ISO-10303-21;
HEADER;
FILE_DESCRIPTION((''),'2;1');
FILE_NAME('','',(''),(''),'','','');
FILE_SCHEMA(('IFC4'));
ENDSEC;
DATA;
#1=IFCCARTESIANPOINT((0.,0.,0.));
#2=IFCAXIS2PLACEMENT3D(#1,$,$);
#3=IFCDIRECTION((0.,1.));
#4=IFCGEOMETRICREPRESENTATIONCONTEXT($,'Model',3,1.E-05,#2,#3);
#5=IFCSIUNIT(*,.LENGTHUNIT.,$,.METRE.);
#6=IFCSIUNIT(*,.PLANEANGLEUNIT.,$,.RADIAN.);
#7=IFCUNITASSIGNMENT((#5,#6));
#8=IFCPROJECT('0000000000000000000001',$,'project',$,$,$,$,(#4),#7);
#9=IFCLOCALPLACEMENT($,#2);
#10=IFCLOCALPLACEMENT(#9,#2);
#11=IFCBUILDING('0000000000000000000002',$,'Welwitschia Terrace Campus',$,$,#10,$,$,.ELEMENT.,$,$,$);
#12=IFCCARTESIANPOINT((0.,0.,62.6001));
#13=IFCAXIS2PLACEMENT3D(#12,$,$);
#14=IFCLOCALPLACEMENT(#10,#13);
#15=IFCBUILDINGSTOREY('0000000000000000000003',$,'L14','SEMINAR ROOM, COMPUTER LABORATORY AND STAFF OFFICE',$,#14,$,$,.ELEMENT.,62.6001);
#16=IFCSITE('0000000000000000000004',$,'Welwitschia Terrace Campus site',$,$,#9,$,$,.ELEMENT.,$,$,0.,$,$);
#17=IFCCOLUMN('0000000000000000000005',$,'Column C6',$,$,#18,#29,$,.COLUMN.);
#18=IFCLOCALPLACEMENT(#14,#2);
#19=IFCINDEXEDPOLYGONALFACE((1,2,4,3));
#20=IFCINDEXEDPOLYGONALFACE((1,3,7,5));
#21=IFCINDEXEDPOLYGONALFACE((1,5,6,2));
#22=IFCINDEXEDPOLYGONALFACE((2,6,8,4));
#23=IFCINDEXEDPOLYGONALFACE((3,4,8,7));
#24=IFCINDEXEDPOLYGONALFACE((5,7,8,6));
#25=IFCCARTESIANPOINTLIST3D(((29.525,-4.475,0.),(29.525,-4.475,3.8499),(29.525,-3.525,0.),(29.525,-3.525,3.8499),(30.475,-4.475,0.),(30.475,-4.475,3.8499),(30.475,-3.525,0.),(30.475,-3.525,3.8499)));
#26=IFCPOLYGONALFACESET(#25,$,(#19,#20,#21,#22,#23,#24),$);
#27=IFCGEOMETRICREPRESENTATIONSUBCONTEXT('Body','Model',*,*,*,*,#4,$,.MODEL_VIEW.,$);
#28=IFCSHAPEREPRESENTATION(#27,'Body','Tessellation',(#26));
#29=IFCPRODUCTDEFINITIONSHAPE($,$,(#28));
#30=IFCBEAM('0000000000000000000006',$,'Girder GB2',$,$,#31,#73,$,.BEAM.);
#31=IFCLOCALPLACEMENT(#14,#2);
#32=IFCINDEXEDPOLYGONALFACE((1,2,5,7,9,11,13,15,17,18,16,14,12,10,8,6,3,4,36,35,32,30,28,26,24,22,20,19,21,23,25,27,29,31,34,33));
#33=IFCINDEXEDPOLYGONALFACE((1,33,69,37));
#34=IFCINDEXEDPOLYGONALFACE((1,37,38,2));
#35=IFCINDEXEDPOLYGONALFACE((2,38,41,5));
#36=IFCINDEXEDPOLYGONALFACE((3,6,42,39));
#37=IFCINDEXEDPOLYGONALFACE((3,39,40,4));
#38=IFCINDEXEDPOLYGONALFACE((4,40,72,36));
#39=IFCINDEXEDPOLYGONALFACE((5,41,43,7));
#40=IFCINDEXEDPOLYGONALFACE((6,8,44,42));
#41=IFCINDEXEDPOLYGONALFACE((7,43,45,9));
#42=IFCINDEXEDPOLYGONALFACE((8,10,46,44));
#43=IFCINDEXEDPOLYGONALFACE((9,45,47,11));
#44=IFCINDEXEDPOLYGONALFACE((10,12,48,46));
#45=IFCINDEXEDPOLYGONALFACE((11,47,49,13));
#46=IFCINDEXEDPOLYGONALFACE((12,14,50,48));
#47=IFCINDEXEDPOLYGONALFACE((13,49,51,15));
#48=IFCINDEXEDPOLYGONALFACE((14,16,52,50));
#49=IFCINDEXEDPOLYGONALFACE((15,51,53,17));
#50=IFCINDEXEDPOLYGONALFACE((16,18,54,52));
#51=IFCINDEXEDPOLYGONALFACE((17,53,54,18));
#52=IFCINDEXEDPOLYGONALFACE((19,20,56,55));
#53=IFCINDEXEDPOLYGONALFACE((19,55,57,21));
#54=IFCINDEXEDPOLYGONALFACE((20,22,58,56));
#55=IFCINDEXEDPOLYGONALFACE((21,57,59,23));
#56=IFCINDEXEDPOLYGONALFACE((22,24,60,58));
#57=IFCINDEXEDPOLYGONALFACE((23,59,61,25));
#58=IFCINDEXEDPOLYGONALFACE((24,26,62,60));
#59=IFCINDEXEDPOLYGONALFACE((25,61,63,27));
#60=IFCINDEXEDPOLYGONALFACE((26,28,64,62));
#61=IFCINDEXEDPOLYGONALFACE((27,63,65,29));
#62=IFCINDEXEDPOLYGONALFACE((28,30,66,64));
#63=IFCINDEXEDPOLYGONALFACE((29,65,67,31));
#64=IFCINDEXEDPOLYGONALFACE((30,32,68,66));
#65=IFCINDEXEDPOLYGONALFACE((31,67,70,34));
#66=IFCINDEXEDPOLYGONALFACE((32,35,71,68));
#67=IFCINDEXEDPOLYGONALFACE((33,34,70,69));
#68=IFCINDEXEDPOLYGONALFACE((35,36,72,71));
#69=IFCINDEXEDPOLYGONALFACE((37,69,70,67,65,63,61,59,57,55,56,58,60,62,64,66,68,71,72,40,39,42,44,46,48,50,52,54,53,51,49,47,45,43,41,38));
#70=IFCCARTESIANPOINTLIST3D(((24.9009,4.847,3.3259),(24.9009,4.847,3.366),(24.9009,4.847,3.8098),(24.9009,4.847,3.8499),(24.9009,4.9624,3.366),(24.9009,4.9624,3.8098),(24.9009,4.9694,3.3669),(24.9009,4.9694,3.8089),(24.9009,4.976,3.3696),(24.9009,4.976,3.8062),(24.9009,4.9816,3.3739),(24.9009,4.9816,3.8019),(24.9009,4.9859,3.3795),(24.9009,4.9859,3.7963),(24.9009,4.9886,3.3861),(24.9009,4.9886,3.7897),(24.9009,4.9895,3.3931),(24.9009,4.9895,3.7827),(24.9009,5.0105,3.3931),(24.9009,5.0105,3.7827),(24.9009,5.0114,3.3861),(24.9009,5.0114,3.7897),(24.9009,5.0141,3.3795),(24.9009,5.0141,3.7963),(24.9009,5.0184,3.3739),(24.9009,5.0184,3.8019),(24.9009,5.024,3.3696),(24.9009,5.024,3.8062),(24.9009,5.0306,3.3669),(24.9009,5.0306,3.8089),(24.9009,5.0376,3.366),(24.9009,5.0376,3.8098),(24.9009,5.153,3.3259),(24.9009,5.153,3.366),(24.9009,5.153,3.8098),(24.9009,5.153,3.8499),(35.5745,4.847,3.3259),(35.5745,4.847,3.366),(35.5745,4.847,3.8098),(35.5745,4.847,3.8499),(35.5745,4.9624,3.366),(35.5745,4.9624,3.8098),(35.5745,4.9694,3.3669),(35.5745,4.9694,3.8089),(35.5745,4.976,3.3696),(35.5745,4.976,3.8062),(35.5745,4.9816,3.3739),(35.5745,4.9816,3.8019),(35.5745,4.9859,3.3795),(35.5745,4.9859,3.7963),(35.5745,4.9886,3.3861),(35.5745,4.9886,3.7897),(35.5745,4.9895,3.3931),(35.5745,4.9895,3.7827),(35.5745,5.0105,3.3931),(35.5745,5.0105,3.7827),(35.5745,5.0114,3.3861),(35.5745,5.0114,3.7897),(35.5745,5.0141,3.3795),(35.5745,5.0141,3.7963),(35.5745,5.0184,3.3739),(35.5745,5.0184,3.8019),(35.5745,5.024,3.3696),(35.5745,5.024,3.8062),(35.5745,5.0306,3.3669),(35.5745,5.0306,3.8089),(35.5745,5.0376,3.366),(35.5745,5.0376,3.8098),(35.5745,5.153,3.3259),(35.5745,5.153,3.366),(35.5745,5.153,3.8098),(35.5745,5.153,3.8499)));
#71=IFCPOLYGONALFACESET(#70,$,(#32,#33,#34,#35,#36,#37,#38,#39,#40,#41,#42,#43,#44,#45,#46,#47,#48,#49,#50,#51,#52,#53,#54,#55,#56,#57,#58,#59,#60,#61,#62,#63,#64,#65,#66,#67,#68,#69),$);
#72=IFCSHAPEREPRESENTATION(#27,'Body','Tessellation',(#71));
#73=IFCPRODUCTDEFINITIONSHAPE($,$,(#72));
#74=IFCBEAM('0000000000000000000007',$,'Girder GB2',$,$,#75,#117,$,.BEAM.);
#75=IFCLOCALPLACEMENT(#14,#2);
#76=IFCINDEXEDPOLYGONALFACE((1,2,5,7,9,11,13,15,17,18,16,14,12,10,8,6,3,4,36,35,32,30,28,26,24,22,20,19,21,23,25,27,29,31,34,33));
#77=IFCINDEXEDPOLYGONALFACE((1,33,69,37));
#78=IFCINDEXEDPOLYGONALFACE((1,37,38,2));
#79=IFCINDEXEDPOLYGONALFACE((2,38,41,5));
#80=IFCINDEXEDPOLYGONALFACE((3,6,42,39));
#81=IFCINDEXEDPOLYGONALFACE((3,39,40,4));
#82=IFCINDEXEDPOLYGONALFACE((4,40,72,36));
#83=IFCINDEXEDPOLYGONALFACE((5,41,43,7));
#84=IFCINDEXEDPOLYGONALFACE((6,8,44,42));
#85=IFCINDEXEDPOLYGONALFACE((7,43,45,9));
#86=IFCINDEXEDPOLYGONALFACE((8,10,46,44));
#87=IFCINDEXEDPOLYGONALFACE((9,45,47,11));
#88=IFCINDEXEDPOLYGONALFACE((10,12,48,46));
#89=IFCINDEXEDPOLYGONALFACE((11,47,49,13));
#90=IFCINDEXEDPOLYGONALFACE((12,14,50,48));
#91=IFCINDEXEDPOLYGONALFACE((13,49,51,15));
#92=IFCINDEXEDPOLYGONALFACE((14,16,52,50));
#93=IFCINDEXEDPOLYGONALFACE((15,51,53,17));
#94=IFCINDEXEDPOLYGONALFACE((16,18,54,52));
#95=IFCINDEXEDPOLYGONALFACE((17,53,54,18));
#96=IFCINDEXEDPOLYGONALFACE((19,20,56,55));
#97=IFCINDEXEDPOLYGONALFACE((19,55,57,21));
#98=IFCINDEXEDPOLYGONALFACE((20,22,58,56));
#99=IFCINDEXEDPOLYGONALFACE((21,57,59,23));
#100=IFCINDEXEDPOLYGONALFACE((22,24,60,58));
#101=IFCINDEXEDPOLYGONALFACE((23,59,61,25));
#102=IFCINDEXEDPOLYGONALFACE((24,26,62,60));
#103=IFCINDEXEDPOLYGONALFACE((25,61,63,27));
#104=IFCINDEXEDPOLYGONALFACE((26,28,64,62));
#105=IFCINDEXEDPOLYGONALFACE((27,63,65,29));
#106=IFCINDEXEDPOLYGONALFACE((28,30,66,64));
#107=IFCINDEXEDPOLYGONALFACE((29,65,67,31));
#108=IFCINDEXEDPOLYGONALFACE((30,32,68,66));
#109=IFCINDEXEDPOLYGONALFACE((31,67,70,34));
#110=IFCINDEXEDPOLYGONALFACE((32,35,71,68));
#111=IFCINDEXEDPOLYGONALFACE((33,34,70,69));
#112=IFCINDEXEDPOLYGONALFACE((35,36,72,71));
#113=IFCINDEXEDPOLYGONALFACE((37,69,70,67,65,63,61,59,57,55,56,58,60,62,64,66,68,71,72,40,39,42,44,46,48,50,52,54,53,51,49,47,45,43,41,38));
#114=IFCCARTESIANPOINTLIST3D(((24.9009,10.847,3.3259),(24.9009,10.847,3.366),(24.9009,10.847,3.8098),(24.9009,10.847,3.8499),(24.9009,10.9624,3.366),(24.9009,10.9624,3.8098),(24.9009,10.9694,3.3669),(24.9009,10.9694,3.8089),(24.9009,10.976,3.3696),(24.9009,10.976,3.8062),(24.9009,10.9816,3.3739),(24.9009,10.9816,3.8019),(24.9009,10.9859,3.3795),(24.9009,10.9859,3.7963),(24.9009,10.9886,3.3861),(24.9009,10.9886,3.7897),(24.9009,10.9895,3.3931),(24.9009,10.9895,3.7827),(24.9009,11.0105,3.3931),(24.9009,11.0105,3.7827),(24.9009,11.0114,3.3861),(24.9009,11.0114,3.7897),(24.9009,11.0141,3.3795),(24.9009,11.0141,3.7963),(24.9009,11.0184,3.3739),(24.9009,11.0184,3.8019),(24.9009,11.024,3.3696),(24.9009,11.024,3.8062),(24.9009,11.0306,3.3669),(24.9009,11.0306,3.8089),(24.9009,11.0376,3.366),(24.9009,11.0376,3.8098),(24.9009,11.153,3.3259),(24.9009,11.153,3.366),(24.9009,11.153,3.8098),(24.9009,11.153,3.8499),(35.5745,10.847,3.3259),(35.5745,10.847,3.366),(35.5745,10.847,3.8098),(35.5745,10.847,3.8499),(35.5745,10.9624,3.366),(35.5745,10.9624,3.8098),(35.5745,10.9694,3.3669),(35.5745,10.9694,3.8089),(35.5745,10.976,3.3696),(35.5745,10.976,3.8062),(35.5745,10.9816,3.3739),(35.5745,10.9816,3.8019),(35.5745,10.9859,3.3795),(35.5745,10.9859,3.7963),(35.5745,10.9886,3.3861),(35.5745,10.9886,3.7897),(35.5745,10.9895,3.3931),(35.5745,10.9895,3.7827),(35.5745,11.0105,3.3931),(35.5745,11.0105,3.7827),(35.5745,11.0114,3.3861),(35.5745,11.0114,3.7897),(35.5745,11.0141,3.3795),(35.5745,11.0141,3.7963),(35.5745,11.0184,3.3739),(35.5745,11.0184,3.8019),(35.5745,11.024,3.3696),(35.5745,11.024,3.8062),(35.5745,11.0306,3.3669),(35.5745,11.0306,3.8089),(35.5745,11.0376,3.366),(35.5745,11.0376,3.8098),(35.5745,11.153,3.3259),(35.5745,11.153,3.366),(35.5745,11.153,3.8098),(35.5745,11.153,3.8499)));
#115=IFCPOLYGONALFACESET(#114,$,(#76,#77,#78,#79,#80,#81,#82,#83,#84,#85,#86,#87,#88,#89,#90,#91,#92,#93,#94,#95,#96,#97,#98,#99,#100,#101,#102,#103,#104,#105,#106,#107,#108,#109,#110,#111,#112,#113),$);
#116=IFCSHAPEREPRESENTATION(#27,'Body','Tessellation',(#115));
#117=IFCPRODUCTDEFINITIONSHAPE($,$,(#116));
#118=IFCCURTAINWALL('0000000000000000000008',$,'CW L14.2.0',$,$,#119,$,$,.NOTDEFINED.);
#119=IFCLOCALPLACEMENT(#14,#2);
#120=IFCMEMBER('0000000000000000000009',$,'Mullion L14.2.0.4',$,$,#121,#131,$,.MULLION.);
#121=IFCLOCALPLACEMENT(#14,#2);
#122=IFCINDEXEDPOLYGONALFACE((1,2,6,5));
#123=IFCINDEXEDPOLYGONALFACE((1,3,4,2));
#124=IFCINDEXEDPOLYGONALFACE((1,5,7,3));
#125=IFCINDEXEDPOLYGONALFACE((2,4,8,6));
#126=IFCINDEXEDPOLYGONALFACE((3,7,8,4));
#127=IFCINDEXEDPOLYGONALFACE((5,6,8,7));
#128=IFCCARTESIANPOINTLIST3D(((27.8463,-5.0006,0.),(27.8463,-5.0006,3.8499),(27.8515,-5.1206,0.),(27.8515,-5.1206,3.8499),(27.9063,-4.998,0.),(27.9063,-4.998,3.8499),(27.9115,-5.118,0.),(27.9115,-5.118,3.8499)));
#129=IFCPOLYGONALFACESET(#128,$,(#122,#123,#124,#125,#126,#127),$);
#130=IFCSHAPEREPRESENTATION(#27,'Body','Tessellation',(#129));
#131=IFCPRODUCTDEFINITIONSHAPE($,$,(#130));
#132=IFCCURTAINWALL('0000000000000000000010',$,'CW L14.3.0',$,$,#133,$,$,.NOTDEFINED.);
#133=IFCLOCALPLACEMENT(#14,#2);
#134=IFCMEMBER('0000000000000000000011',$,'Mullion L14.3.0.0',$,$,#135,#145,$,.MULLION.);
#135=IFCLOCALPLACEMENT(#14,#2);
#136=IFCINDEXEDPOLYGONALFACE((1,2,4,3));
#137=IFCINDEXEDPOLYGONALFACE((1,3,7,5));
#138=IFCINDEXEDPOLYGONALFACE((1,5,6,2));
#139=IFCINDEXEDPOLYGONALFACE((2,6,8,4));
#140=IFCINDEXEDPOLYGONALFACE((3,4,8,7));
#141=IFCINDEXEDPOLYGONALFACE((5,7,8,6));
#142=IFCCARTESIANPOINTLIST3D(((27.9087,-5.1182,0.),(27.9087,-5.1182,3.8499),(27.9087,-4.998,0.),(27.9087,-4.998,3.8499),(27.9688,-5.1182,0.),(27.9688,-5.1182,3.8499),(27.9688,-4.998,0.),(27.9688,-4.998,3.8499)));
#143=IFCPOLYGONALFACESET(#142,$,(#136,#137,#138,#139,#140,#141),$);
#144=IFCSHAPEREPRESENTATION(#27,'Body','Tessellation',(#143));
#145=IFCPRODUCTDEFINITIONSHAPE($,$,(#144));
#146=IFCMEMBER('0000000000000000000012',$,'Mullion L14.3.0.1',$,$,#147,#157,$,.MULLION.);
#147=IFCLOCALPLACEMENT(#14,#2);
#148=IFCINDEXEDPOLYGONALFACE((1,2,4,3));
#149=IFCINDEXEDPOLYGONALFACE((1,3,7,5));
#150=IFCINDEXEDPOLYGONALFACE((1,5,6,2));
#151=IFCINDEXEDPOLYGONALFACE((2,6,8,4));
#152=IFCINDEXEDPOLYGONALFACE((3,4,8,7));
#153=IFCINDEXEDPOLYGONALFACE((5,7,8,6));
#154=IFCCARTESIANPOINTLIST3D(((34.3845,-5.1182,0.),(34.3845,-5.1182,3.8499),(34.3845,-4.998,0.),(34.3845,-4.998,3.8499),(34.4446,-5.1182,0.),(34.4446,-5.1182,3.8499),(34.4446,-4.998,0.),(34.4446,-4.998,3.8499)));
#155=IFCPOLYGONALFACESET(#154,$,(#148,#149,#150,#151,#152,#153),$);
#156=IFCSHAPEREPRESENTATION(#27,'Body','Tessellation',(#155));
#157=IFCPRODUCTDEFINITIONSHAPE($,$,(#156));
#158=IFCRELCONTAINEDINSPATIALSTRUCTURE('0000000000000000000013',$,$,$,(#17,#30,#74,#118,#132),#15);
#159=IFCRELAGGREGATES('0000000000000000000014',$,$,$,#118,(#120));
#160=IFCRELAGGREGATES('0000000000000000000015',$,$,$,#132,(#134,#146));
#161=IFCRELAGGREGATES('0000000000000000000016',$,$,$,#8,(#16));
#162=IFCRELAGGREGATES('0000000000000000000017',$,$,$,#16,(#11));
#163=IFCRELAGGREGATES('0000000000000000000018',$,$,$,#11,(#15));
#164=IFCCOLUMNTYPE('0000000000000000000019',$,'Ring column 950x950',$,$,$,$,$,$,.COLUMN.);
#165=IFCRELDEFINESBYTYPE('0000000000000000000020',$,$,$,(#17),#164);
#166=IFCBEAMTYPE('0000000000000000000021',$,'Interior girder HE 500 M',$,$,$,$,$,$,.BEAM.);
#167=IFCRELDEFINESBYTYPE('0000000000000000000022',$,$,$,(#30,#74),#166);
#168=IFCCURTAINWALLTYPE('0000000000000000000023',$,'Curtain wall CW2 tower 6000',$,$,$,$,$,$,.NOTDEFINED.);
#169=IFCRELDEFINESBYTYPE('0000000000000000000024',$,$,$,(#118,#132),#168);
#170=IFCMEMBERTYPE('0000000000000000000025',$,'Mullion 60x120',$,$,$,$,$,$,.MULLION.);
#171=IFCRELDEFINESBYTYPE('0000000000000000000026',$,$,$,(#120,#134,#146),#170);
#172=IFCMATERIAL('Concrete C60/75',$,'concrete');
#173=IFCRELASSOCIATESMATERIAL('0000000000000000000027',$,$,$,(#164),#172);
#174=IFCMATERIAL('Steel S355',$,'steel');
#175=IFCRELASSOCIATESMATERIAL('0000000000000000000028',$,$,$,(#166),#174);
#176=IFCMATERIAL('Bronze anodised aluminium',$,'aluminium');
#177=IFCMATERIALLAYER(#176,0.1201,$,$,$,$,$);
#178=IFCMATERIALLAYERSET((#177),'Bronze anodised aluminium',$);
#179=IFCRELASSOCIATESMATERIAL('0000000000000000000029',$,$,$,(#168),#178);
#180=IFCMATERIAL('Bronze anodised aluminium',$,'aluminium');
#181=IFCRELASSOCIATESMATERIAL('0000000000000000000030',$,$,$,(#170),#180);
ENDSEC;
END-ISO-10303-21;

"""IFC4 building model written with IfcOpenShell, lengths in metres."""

from ifc_helpers import new_model, si_unit, direction, frame, origin, origin_2d, place, context, subcontext, project, spatial, rectangle, i_section, extrude, material, layer, layer_set, material_profile, profile_set, type_object, element, aggregate, save


model = new_model("IFC4")

# Units and contexts
model_context = context("Model", 3, precision=1e-05, world=origin(), true_north=direction((0.0, 1.0)))
body_context = subcontext(model_context, "Body", "Model", "MODEL_VIEW")
ifc_project = project(units=[si_unit("LENGTHUNIT", "METRE"), si_unit("PLANEANGLEUNIT", "RADIAN")], contexts=[model_context])

# Site, building, storey
site_placement = place(None, origin())
site = spatial("IfcSite", under=ifc_project, at=site_placement, Name="Welwitschia Terrace Campus site", CompositionType="ELEMENT", RefElevation=0.0)
building_placement = place(site_placement, origin())
building = spatial("IfcBuilding", under=site, at=building_placement, Name="Welwitschia Terrace Campus", CompositionType="ELEMENT")
storey_placement = place(building_placement, frame((0.0, 0.0, 62.6001)))
storey = spatial("IfcBuildingStorey", under=building, at=storey_placement, Name="L14", Description="SEMINAR ROOM, COMPUTER LABORATORY AND STAFF OFFICE", CompositionType="ELEMENT", Elevation=62.6001)

# Column
ifc_material_1 = material(Name="Concrete C60/75", Category="concrete")
ifc_material_profile_1 = material_profile(ifc_material_1, rectangle(XDim=0.95, YDim=0.95, at=origin_2d()))
ifc_profile_set_1 = profile_set([ifc_material_profile_1], Name="Concrete C60/75")
column_type = type_object("IfcColumnType", Name="Ring column 950x950", PredefinedType="COLUMN", material=ifc_profile_set_1)
column_placement = place(storey_placement, frame((30.0, -4.0, 0.0), z_axis=(0.0, 0.0, 1.0), x_axis=(1.0, 0.0, 0.0)))
element("IfcColumn", 1, at=column_placement, inside=storey, type_object=column_type, Name="Column C6", PredefinedType="COLUMN", context=body_context, shape_type="SweptSolid", body=[
    extrude(rectangle(XDim=0.95, YDim=0.95, at=origin_2d()), origin(), (0.0, 0.0, 1.0), 3.8499),
])

# Beams
ifc_material_2 = material(Name="Steel S355", Category="steel")
ifc_material_profile_2 = material_profile(ifc_material_2, i_section(OverallWidth=0.3059, OverallDepth=0.5239, WebThickness=0.021, FlangeThickness=0.04, FilletRadius=0.0271, at=origin_2d()))
ifc_profile_set_2 = profile_set([ifc_material_profile_2], Name="Steel S355")
beam_type_1 = type_object("IfcBeamType", Name="Interior girder HE 500 M", PredefinedType="BEAM", material=ifc_profile_set_2)
for number, where, z_axis, x_axis, name in (
    (2, (24.9009, 5.0, 3.5879), (1.0, 0.0, 0.0), (0.0, 1.0, 0.0), "Girder GB2"),
    (3, (24.9009, 11.0, 3.5879), (1.0, 0.0, 0.0), (0.0, 1.0, 0.0), "Girder GB2"),
):
    element("IfcBeam", number, at=place(storey_placement, frame(where, z_axis=z_axis, x_axis=x_axis)), inside=storey, type_object=beam_type_1, Name=name, PredefinedType="BEAM", context=body_context, shape_type="SweptSolid", body=[
        extrude(i_section(OverallWidth=0.3059, OverallDepth=0.5239, WebThickness=0.021, FlangeThickness=0.04, FilletRadius=0.0271, at=origin_2d()), origin(), (0.0, 0.0, 1.0), 10.6736),
    ])

# Curtain wall, member
ifc_material_3 = material(Name="Bronze anodised aluminium", Category="aluminium")
ifc_layer_1 = layer(ifc_material_3, 0.1201)
ifc_layer_set_1 = layer_set([ifc_layer_1], Name="Bronze anodised aluminium")
curtain_wall_type = type_object("IfcCurtainWallType", Name="Curtain wall CW2 tower 6000", PredefinedType="NOTDEFINED", material=ifc_layer_set_1)
curtain_wall_1_placement = place(storey_placement, origin())
curtain_wall_1 = element("IfcCurtainWall", 4, at=curtain_wall_1_placement, inside=storey, type_object=curtain_wall_type, Name="CW L14.2.0", PredefinedType="NOTDEFINED")
ifc_material_4 = material(Name="Bronze anodised aluminium", Category="aluminium")
ifc_material_profile_3 = material_profile(ifc_material_4, rectangle(XDim=0.1201, YDim=0.0601, at=origin_2d()))
ifc_profile_set_3 = profile_set([ifc_material_profile_3], Name="Bronze anodised aluminium")
member_type_1 = type_object("IfcMemberType", Name="Mullion 60x120", PredefinedType="MULLION", material=ifc_profile_set_3)
member_1_placement = place(storey_placement, frame((27.8789, -5.0593, 0.0), z_axis=(0.0, 0.0, 1.0), x_axis=(-0.043619, 0.999048, 0.0)))
member_1 = element("IfcMember", 5, at=member_1_placement, type_object=member_type_1, Name="Mullion L14.2.0.4", PredefinedType="MULLION", context=body_context, shape_type="SweptSolid", body=[
    extrude(rectangle(XDim=0.1201, YDim=0.0601, at=origin_2d()), origin(), (0.0, 0.0, 1.0), 3.8499),
])

# Curtain wall, members
curtain_wall_2_placement = place(storey_placement, origin())
curtain_wall_2 = element("IfcCurtainWall", 6, at=curtain_wall_2_placement, inside=storey, type_object=curtain_wall_type, Name="CW L14.3.0", PredefinedType="NOTDEFINED")
member_2_placement = place(storey_placement, frame((27.9387, -5.0581, 0.0), z_axis=(0.0, 0.0, 1.0), x_axis=(0.0, 1.0, 0.0)))
member_2 = element("IfcMember", 7, at=member_2_placement, type_object=member_type_1, Name="Mullion L14.3.0.0", PredefinedType="MULLION", context=body_context, shape_type="SweptSolid", body=[
    extrude(rectangle(XDim=0.1201, YDim=0.0601, at=origin_2d()), origin(), (0.0, 0.0, 1.0), 3.8499),
])
member_3_placement = place(storey_placement, frame((34.4146, -5.0581, 0.0), z_axis=(0.0, 0.0, 1.0), x_axis=(0.0, 1.0, 0.0)))
member_3 = element("IfcMember", 8, at=member_3_placement, type_object=member_type_1, Name="Mullion L14.3.0.1", PredefinedType="MULLION", context=body_context, shape_type="SweptSolid", body=[
    extrude(rectangle(XDim=0.1201, YDim=0.0601, at=origin_2d()), origin(), (0.0, 0.0, 1.0), 3.8499),
])

aggregate(curtain_wall_1, [member_1])
aggregate(curtain_wall_2, [member_2, member_3])

save(model, "model.ifc")
